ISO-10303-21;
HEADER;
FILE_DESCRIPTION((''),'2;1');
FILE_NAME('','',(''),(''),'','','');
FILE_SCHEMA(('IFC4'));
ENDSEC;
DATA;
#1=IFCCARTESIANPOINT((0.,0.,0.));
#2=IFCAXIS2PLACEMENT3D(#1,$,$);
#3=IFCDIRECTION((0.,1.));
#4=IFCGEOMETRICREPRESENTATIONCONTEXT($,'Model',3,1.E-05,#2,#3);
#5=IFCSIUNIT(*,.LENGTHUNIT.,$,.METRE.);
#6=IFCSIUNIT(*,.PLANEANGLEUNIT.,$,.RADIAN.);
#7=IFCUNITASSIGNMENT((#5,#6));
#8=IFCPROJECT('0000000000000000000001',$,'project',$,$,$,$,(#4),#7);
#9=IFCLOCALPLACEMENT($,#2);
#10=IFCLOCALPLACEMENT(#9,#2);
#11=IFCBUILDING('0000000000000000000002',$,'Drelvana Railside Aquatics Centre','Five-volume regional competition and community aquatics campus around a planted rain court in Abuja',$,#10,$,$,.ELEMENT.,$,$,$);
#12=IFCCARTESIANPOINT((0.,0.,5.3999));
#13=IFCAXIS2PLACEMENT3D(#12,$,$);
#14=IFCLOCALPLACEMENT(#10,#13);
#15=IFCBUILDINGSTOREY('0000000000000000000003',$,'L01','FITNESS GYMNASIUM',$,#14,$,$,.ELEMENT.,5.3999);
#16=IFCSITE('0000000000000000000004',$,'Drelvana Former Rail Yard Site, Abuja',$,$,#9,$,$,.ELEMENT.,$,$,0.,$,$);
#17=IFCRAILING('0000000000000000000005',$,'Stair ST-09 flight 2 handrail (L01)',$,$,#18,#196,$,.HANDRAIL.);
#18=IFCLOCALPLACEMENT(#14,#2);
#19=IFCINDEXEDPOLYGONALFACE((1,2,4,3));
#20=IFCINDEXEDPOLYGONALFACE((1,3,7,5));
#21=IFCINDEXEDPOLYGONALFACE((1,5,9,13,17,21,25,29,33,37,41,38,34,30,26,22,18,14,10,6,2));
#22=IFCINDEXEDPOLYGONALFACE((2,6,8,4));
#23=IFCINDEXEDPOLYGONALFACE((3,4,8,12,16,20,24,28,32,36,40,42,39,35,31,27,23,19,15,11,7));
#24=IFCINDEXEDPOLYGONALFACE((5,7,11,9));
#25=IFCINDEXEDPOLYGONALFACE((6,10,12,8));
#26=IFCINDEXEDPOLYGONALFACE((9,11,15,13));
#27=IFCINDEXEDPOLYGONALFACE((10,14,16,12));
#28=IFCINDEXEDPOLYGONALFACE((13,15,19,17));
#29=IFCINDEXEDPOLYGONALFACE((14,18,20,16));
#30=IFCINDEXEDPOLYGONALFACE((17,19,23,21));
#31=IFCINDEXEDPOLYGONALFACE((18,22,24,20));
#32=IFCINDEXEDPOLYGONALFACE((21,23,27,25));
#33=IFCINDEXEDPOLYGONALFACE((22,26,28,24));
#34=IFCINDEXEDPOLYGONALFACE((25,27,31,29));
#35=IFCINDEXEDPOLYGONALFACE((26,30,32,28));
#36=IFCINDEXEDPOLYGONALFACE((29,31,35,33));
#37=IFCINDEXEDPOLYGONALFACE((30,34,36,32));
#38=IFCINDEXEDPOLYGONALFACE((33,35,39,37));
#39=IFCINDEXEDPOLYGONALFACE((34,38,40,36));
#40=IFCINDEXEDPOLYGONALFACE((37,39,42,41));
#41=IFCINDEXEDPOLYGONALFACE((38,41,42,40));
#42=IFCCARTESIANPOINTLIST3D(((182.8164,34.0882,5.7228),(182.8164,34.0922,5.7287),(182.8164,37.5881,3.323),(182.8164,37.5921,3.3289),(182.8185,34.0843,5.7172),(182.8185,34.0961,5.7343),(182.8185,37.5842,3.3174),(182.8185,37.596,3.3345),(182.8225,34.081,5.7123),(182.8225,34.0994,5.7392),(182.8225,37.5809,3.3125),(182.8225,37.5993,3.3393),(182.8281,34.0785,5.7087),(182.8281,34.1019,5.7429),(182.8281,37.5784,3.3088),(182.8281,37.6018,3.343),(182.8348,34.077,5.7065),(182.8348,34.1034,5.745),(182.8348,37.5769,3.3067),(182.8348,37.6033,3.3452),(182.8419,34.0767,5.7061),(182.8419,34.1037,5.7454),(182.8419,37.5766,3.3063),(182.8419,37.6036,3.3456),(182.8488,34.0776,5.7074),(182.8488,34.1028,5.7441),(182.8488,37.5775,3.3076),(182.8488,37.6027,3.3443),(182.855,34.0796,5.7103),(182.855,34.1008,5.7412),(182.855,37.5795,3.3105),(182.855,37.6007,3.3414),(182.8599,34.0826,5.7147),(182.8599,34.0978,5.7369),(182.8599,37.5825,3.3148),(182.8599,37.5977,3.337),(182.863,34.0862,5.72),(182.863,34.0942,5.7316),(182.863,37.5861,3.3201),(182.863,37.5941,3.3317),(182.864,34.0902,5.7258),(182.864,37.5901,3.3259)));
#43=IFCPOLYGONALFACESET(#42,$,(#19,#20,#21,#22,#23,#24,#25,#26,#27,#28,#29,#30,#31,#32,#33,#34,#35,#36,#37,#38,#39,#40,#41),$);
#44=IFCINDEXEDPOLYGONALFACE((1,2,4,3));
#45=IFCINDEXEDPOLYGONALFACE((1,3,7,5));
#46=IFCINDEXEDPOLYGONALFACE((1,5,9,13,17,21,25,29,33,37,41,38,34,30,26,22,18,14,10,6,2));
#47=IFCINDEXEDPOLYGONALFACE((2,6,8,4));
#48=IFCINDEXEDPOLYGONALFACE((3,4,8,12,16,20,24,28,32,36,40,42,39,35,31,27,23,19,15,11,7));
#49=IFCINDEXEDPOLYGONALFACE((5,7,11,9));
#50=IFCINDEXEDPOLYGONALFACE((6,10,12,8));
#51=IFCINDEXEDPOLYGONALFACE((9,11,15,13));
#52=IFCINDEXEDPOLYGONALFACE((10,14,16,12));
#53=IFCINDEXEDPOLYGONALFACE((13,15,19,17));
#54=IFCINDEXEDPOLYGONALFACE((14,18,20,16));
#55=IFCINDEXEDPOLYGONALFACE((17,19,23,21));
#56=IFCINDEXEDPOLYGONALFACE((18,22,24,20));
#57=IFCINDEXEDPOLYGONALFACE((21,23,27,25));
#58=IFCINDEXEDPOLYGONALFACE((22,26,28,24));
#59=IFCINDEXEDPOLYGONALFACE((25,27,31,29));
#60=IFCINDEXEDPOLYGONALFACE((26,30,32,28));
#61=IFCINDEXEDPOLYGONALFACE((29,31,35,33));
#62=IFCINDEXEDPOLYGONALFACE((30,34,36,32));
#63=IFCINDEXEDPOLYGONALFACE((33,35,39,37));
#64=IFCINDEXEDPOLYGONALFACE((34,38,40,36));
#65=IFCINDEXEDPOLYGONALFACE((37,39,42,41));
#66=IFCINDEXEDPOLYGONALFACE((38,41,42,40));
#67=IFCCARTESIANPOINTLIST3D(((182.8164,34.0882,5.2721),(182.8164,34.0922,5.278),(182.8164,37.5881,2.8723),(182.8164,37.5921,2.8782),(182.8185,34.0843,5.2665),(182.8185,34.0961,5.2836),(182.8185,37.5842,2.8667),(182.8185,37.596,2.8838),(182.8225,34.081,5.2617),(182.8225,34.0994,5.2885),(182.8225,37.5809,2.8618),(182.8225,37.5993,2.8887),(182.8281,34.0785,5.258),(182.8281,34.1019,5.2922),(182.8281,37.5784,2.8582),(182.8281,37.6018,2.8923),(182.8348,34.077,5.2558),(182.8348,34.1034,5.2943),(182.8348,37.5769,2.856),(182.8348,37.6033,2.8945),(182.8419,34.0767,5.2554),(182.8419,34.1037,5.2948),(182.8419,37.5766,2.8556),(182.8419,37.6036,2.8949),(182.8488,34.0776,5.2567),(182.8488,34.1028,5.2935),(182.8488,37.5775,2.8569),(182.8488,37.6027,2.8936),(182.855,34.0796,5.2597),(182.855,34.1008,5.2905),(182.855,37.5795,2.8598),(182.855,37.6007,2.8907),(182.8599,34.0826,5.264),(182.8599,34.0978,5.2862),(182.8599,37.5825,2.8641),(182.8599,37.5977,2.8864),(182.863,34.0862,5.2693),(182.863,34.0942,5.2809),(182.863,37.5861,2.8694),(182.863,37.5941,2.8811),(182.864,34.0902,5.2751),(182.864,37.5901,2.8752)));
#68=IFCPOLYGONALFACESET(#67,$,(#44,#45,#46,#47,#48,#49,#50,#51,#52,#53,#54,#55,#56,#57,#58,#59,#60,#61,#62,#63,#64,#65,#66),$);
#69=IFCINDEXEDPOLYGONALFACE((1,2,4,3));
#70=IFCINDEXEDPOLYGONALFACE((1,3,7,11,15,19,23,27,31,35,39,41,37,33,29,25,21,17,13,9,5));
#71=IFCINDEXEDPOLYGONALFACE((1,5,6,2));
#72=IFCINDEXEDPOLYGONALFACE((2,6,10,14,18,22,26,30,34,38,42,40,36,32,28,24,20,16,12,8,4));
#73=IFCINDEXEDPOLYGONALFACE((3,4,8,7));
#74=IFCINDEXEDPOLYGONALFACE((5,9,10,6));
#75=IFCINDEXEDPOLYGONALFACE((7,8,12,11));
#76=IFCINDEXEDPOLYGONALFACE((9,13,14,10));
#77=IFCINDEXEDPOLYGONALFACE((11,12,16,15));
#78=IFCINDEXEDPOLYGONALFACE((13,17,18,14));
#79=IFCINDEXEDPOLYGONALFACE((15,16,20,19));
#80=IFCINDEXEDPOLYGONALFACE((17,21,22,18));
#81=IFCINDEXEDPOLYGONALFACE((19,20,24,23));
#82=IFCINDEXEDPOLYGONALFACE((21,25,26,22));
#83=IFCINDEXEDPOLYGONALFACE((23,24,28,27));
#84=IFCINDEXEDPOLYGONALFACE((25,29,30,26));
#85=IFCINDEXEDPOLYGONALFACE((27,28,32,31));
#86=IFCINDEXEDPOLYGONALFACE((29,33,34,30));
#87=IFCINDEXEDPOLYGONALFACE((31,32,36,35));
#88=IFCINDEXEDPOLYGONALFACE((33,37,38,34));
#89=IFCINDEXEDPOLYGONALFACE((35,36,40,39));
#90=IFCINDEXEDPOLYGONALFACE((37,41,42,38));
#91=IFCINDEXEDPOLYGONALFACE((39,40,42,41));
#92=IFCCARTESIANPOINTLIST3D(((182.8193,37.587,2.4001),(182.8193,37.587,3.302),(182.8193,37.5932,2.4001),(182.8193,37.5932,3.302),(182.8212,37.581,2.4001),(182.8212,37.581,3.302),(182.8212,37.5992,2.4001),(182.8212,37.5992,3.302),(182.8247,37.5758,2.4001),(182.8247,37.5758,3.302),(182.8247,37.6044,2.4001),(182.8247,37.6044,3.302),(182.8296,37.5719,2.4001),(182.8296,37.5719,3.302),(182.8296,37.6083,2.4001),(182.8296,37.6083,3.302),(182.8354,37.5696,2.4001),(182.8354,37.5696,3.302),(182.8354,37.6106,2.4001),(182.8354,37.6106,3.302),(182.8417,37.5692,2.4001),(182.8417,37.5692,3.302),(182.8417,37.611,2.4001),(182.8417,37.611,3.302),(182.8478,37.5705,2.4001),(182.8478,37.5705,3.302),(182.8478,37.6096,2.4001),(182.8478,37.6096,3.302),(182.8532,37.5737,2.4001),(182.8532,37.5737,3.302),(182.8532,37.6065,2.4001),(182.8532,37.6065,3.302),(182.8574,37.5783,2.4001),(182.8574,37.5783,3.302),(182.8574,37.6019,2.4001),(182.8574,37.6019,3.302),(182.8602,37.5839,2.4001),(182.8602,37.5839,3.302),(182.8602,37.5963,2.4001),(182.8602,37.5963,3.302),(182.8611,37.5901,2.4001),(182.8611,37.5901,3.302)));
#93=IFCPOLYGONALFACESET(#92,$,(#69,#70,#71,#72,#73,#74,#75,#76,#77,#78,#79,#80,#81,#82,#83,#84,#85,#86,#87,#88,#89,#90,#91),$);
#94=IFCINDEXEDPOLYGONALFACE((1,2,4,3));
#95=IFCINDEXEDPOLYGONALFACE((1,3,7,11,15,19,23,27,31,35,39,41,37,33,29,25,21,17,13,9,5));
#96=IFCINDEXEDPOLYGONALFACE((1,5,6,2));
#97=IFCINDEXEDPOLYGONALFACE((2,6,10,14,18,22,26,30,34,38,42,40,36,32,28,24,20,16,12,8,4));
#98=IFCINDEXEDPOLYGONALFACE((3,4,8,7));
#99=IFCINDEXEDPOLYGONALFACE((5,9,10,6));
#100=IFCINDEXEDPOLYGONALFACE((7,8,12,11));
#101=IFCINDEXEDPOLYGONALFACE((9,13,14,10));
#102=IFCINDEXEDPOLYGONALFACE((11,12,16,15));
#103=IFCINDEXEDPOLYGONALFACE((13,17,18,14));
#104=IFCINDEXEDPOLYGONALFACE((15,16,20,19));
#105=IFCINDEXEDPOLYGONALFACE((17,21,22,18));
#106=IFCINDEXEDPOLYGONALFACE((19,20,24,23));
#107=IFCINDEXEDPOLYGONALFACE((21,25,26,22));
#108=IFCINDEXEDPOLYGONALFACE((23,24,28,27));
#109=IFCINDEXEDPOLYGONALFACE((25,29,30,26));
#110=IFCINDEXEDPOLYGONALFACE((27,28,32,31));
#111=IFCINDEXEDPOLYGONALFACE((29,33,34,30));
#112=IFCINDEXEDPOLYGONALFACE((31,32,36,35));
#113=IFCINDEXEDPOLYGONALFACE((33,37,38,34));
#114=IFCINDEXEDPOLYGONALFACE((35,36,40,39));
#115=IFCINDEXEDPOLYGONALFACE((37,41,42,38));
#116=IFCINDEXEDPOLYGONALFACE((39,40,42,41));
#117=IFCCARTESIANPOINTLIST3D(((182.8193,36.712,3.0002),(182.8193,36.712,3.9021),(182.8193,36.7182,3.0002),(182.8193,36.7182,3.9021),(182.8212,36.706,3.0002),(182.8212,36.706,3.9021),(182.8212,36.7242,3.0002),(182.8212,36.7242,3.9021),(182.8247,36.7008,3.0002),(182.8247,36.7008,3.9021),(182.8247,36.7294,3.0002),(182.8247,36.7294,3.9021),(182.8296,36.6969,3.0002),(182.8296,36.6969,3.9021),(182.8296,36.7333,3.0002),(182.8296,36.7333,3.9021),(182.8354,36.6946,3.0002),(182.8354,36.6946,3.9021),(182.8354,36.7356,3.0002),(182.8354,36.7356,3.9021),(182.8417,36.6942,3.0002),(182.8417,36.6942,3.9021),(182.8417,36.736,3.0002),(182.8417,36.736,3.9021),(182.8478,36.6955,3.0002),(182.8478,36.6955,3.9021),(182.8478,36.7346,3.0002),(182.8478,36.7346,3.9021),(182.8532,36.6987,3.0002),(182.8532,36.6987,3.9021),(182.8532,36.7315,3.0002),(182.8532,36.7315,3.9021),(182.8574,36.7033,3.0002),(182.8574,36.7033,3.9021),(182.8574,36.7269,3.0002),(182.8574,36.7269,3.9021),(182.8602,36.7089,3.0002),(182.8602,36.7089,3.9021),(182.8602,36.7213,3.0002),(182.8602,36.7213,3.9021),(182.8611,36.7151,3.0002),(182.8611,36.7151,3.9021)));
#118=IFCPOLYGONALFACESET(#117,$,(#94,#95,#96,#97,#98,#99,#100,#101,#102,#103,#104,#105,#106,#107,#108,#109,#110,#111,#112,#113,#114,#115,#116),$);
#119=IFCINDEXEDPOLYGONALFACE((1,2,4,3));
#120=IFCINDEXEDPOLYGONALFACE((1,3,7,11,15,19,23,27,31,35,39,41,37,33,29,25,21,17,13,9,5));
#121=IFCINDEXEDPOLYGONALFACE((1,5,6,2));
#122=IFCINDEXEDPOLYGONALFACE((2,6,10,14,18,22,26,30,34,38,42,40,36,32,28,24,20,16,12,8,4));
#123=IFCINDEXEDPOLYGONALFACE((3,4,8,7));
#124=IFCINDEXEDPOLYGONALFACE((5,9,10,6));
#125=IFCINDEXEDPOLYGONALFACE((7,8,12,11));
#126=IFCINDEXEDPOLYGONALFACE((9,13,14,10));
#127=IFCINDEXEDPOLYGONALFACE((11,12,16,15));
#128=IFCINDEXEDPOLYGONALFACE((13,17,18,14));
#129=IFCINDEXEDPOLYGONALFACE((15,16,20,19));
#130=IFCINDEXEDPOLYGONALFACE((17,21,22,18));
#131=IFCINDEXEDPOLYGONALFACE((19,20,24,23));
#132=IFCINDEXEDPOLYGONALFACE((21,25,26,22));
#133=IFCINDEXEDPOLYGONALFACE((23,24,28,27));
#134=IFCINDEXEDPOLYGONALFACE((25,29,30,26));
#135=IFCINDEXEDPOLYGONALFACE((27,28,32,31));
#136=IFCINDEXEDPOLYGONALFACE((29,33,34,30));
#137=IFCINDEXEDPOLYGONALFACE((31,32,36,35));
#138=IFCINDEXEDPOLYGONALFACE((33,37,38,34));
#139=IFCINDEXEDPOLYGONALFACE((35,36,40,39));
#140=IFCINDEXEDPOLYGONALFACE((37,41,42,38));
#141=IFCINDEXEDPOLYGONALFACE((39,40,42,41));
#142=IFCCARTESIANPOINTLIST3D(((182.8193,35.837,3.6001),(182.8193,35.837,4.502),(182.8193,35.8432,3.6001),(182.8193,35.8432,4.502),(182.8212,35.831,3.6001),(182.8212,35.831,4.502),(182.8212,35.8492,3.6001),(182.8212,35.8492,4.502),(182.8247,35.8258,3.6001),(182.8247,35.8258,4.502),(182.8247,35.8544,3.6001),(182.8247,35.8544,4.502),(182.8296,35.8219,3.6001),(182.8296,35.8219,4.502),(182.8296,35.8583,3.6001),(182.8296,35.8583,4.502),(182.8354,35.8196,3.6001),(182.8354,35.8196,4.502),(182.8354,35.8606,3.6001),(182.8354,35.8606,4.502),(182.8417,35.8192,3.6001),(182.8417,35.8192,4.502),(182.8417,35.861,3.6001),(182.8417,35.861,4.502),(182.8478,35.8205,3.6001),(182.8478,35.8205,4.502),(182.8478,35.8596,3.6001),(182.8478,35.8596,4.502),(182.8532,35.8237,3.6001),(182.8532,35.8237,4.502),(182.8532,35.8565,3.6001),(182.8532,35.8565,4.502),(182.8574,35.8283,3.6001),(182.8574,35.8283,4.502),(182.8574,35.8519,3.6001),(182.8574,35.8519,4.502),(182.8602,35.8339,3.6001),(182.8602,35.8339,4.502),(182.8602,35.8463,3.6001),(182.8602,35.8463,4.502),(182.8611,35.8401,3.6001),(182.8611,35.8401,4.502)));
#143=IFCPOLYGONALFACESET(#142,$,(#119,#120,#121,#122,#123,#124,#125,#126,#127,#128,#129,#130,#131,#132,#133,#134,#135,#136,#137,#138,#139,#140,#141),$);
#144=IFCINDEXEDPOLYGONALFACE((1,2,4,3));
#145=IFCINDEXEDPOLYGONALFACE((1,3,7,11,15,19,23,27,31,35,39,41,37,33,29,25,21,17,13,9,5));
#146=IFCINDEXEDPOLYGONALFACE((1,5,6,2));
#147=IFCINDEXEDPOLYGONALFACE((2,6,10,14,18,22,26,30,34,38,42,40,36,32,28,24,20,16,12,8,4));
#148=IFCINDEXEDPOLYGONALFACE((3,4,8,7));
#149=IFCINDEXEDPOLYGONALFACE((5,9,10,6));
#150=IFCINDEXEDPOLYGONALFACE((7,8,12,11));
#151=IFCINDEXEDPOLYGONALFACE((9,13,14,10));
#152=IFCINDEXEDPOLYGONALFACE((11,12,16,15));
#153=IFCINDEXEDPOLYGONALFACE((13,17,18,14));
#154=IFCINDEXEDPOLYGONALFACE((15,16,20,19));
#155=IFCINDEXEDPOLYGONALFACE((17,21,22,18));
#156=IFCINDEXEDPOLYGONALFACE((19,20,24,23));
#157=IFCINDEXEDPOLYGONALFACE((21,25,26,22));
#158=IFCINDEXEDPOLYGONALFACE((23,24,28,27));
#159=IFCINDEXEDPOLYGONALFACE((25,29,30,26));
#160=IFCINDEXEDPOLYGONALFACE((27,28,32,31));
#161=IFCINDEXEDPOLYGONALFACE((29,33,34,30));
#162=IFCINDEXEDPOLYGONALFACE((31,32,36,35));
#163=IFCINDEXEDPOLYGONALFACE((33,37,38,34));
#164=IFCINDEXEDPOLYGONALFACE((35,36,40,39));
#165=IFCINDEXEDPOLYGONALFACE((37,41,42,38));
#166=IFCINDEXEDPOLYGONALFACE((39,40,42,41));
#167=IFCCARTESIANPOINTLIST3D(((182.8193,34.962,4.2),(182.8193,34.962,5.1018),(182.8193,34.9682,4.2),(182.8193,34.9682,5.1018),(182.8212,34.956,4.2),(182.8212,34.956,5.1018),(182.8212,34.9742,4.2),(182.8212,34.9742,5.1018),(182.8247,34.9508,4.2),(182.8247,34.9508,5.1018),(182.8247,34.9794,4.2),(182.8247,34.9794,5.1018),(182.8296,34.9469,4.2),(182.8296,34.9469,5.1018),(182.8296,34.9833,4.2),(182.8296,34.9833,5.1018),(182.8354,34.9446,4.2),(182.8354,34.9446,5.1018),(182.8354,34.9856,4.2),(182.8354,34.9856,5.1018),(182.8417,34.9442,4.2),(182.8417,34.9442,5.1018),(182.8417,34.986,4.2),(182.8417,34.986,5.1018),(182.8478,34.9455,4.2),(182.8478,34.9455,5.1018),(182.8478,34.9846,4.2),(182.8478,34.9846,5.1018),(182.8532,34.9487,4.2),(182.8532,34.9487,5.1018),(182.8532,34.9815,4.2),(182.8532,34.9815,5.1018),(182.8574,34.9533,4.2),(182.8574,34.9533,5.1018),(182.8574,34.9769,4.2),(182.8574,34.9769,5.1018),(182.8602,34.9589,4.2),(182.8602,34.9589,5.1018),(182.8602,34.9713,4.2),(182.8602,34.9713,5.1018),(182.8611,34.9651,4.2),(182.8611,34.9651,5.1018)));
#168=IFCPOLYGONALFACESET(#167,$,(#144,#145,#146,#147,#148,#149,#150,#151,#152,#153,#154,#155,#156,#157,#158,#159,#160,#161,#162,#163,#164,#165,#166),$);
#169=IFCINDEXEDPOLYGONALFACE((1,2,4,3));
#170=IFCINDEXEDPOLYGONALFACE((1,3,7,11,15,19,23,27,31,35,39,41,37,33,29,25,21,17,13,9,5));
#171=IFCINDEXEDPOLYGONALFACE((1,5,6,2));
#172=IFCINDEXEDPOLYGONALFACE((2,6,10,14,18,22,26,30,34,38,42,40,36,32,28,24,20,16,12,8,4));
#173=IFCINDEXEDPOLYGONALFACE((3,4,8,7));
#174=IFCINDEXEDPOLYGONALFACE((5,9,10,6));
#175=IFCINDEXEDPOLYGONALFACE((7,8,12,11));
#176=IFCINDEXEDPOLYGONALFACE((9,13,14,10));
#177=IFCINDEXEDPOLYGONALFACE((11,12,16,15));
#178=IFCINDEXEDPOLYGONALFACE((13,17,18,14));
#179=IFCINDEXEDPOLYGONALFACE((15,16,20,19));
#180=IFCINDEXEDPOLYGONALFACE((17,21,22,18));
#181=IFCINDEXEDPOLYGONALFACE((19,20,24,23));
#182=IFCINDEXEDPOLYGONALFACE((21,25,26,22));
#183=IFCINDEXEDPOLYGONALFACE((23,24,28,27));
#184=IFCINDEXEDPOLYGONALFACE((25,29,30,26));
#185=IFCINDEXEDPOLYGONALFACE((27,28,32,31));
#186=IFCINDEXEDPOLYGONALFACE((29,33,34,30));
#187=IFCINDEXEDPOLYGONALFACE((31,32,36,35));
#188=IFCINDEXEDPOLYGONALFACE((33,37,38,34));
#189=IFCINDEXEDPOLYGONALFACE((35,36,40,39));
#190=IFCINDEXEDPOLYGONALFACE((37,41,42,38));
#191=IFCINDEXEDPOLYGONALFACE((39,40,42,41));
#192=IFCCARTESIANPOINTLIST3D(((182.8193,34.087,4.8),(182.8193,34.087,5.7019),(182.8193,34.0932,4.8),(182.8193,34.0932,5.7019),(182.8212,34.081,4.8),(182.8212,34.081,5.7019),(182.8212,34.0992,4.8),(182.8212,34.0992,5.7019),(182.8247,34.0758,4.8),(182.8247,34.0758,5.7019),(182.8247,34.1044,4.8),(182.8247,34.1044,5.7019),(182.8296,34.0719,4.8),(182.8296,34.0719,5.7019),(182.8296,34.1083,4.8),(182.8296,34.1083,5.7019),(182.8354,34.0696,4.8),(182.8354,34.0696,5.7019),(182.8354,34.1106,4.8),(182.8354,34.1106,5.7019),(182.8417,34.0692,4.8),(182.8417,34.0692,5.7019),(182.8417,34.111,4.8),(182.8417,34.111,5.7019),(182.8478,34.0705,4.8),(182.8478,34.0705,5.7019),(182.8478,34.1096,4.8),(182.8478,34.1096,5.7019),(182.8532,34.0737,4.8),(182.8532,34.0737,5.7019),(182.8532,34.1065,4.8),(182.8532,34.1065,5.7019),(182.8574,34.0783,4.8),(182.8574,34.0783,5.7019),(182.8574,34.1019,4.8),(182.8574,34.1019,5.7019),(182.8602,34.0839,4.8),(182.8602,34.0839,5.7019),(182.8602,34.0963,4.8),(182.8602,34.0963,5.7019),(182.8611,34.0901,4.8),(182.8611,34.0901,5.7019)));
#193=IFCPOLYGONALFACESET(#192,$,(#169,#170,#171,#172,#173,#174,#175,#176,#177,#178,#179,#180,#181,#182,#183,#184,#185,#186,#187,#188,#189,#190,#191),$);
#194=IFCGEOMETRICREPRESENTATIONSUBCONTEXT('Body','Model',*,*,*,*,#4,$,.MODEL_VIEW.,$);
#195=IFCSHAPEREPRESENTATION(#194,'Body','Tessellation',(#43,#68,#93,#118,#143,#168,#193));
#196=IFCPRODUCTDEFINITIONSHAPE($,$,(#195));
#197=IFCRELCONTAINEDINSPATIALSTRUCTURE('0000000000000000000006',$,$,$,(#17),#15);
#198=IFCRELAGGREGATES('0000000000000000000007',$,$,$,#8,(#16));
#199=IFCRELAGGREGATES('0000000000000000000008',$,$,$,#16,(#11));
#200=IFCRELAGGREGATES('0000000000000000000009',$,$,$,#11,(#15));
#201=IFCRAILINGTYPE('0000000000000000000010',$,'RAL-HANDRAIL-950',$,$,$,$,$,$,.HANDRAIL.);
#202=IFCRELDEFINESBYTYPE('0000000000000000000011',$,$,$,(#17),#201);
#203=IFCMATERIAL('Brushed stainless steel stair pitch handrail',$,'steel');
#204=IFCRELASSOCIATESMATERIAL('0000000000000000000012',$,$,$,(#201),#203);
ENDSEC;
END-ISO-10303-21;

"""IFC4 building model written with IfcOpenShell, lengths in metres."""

from ifc_helpers import new_model, si_unit, direction, frame, origin, origin_2d, place, context, subcontext, project, spatial, circle, extrude, material, type_object, element, save


model = new_model("IFC4")

# Units and contexts
model_context = context("Model", 3, precision=1e-05, world=origin(), true_north=direction((0.0, 1.0)))
body_context = subcontext(model_context, "Body", "Model", "MODEL_VIEW")
ifc_project = project(units=[si_unit("LENGTHUNIT", "METRE"), si_unit("PLANEANGLEUNIT", "RADIAN")], contexts=[model_context])

# Site, building, storey
site_placement = place(None, origin())
site = spatial("IfcSite", under=ifc_project, at=site_placement, Name="Drelvana Former Rail Yard Site, Abuja", CompositionType="ELEMENT", RefElevation=0.0)
building_placement = place(site_placement, origin())
building = spatial("IfcBuilding", under=site, at=building_placement, Name="Drelvana Railside Aquatics Centre", Description="Five-volume regional competition and community aquatics campus around a planted rain court in Abuja", CompositionType="ELEMENT")
storey_placement = place(building_placement, frame((0.0, 0.0, 5.3999)))
storey = spatial("IfcBuildingStorey", under=building, at=storey_placement, Name="L01", Description="FITNESS GYMNASIUM", CompositionType="ELEMENT", Elevation=5.3999)

# Railing
ifc_material_1 = material(Name="Brushed stainless steel stair pitch handrail", Category="steel")
railing_type = type_object("IfcRailingType", Name="RAL-HANDRAIL-950", PredefinedType="HANDRAIL", material=ifc_material_1)
railing_1_placement = place(storey_placement, frame((182.8401, 37.5901, 2.4001)))
element("IfcRailing", 1, at=railing_1_placement, inside=storey, type_object=railing_type, Name="Stair ST-09 flight 2 handrail (L01)", PredefinedType="HANDRAIL", context=body_context, shape_type="SweptSolid", body=[
    extrude(circle(Radius=0.0239, at=origin_2d()), frame((0.0, 0.0, 0.9258), z_axis=(0.0, -0.82474, 0.565513), x_axis=(1.0, 0.0, 0.0)), (0.0, 0.0, 1.0), 4.2437),
    extrude(circle(Radius=0.0239, at=origin_2d()), frame((0.0, 0.0, 0.4751), z_axis=(0.0, -0.82474, 0.565513), x_axis=(1.0, 0.0, 0.0)), (0.0, 0.0, 1.0), 4.2437),
    extrude(circle(Radius=0.021, at=origin_2d()), origin(), (0.0, 0.0, 1.0), 0.9019),
    extrude(circle(Radius=0.021, at=origin_2d()), frame((0.0, -0.875, 0.6001)), (0.0, 0.0, 1.0), 0.9019),
    extrude(circle(Radius=0.021, at=origin_2d()), frame((0.0, -1.75, 1.2)), (0.0, 0.0, 1.0), 0.9019),
    extrude(circle(Radius=0.021, at=origin_2d()), frame((0.0, -2.625, 1.7998)), (0.0, 0.0, 1.0), 0.9019),
    extrude(circle(Radius=0.021, at=origin_2d()), frame((0.0, -3.5, 2.3999)), (0.0, 0.0, 1.0), 0.9019),
])

save(model, "model.ifc")
